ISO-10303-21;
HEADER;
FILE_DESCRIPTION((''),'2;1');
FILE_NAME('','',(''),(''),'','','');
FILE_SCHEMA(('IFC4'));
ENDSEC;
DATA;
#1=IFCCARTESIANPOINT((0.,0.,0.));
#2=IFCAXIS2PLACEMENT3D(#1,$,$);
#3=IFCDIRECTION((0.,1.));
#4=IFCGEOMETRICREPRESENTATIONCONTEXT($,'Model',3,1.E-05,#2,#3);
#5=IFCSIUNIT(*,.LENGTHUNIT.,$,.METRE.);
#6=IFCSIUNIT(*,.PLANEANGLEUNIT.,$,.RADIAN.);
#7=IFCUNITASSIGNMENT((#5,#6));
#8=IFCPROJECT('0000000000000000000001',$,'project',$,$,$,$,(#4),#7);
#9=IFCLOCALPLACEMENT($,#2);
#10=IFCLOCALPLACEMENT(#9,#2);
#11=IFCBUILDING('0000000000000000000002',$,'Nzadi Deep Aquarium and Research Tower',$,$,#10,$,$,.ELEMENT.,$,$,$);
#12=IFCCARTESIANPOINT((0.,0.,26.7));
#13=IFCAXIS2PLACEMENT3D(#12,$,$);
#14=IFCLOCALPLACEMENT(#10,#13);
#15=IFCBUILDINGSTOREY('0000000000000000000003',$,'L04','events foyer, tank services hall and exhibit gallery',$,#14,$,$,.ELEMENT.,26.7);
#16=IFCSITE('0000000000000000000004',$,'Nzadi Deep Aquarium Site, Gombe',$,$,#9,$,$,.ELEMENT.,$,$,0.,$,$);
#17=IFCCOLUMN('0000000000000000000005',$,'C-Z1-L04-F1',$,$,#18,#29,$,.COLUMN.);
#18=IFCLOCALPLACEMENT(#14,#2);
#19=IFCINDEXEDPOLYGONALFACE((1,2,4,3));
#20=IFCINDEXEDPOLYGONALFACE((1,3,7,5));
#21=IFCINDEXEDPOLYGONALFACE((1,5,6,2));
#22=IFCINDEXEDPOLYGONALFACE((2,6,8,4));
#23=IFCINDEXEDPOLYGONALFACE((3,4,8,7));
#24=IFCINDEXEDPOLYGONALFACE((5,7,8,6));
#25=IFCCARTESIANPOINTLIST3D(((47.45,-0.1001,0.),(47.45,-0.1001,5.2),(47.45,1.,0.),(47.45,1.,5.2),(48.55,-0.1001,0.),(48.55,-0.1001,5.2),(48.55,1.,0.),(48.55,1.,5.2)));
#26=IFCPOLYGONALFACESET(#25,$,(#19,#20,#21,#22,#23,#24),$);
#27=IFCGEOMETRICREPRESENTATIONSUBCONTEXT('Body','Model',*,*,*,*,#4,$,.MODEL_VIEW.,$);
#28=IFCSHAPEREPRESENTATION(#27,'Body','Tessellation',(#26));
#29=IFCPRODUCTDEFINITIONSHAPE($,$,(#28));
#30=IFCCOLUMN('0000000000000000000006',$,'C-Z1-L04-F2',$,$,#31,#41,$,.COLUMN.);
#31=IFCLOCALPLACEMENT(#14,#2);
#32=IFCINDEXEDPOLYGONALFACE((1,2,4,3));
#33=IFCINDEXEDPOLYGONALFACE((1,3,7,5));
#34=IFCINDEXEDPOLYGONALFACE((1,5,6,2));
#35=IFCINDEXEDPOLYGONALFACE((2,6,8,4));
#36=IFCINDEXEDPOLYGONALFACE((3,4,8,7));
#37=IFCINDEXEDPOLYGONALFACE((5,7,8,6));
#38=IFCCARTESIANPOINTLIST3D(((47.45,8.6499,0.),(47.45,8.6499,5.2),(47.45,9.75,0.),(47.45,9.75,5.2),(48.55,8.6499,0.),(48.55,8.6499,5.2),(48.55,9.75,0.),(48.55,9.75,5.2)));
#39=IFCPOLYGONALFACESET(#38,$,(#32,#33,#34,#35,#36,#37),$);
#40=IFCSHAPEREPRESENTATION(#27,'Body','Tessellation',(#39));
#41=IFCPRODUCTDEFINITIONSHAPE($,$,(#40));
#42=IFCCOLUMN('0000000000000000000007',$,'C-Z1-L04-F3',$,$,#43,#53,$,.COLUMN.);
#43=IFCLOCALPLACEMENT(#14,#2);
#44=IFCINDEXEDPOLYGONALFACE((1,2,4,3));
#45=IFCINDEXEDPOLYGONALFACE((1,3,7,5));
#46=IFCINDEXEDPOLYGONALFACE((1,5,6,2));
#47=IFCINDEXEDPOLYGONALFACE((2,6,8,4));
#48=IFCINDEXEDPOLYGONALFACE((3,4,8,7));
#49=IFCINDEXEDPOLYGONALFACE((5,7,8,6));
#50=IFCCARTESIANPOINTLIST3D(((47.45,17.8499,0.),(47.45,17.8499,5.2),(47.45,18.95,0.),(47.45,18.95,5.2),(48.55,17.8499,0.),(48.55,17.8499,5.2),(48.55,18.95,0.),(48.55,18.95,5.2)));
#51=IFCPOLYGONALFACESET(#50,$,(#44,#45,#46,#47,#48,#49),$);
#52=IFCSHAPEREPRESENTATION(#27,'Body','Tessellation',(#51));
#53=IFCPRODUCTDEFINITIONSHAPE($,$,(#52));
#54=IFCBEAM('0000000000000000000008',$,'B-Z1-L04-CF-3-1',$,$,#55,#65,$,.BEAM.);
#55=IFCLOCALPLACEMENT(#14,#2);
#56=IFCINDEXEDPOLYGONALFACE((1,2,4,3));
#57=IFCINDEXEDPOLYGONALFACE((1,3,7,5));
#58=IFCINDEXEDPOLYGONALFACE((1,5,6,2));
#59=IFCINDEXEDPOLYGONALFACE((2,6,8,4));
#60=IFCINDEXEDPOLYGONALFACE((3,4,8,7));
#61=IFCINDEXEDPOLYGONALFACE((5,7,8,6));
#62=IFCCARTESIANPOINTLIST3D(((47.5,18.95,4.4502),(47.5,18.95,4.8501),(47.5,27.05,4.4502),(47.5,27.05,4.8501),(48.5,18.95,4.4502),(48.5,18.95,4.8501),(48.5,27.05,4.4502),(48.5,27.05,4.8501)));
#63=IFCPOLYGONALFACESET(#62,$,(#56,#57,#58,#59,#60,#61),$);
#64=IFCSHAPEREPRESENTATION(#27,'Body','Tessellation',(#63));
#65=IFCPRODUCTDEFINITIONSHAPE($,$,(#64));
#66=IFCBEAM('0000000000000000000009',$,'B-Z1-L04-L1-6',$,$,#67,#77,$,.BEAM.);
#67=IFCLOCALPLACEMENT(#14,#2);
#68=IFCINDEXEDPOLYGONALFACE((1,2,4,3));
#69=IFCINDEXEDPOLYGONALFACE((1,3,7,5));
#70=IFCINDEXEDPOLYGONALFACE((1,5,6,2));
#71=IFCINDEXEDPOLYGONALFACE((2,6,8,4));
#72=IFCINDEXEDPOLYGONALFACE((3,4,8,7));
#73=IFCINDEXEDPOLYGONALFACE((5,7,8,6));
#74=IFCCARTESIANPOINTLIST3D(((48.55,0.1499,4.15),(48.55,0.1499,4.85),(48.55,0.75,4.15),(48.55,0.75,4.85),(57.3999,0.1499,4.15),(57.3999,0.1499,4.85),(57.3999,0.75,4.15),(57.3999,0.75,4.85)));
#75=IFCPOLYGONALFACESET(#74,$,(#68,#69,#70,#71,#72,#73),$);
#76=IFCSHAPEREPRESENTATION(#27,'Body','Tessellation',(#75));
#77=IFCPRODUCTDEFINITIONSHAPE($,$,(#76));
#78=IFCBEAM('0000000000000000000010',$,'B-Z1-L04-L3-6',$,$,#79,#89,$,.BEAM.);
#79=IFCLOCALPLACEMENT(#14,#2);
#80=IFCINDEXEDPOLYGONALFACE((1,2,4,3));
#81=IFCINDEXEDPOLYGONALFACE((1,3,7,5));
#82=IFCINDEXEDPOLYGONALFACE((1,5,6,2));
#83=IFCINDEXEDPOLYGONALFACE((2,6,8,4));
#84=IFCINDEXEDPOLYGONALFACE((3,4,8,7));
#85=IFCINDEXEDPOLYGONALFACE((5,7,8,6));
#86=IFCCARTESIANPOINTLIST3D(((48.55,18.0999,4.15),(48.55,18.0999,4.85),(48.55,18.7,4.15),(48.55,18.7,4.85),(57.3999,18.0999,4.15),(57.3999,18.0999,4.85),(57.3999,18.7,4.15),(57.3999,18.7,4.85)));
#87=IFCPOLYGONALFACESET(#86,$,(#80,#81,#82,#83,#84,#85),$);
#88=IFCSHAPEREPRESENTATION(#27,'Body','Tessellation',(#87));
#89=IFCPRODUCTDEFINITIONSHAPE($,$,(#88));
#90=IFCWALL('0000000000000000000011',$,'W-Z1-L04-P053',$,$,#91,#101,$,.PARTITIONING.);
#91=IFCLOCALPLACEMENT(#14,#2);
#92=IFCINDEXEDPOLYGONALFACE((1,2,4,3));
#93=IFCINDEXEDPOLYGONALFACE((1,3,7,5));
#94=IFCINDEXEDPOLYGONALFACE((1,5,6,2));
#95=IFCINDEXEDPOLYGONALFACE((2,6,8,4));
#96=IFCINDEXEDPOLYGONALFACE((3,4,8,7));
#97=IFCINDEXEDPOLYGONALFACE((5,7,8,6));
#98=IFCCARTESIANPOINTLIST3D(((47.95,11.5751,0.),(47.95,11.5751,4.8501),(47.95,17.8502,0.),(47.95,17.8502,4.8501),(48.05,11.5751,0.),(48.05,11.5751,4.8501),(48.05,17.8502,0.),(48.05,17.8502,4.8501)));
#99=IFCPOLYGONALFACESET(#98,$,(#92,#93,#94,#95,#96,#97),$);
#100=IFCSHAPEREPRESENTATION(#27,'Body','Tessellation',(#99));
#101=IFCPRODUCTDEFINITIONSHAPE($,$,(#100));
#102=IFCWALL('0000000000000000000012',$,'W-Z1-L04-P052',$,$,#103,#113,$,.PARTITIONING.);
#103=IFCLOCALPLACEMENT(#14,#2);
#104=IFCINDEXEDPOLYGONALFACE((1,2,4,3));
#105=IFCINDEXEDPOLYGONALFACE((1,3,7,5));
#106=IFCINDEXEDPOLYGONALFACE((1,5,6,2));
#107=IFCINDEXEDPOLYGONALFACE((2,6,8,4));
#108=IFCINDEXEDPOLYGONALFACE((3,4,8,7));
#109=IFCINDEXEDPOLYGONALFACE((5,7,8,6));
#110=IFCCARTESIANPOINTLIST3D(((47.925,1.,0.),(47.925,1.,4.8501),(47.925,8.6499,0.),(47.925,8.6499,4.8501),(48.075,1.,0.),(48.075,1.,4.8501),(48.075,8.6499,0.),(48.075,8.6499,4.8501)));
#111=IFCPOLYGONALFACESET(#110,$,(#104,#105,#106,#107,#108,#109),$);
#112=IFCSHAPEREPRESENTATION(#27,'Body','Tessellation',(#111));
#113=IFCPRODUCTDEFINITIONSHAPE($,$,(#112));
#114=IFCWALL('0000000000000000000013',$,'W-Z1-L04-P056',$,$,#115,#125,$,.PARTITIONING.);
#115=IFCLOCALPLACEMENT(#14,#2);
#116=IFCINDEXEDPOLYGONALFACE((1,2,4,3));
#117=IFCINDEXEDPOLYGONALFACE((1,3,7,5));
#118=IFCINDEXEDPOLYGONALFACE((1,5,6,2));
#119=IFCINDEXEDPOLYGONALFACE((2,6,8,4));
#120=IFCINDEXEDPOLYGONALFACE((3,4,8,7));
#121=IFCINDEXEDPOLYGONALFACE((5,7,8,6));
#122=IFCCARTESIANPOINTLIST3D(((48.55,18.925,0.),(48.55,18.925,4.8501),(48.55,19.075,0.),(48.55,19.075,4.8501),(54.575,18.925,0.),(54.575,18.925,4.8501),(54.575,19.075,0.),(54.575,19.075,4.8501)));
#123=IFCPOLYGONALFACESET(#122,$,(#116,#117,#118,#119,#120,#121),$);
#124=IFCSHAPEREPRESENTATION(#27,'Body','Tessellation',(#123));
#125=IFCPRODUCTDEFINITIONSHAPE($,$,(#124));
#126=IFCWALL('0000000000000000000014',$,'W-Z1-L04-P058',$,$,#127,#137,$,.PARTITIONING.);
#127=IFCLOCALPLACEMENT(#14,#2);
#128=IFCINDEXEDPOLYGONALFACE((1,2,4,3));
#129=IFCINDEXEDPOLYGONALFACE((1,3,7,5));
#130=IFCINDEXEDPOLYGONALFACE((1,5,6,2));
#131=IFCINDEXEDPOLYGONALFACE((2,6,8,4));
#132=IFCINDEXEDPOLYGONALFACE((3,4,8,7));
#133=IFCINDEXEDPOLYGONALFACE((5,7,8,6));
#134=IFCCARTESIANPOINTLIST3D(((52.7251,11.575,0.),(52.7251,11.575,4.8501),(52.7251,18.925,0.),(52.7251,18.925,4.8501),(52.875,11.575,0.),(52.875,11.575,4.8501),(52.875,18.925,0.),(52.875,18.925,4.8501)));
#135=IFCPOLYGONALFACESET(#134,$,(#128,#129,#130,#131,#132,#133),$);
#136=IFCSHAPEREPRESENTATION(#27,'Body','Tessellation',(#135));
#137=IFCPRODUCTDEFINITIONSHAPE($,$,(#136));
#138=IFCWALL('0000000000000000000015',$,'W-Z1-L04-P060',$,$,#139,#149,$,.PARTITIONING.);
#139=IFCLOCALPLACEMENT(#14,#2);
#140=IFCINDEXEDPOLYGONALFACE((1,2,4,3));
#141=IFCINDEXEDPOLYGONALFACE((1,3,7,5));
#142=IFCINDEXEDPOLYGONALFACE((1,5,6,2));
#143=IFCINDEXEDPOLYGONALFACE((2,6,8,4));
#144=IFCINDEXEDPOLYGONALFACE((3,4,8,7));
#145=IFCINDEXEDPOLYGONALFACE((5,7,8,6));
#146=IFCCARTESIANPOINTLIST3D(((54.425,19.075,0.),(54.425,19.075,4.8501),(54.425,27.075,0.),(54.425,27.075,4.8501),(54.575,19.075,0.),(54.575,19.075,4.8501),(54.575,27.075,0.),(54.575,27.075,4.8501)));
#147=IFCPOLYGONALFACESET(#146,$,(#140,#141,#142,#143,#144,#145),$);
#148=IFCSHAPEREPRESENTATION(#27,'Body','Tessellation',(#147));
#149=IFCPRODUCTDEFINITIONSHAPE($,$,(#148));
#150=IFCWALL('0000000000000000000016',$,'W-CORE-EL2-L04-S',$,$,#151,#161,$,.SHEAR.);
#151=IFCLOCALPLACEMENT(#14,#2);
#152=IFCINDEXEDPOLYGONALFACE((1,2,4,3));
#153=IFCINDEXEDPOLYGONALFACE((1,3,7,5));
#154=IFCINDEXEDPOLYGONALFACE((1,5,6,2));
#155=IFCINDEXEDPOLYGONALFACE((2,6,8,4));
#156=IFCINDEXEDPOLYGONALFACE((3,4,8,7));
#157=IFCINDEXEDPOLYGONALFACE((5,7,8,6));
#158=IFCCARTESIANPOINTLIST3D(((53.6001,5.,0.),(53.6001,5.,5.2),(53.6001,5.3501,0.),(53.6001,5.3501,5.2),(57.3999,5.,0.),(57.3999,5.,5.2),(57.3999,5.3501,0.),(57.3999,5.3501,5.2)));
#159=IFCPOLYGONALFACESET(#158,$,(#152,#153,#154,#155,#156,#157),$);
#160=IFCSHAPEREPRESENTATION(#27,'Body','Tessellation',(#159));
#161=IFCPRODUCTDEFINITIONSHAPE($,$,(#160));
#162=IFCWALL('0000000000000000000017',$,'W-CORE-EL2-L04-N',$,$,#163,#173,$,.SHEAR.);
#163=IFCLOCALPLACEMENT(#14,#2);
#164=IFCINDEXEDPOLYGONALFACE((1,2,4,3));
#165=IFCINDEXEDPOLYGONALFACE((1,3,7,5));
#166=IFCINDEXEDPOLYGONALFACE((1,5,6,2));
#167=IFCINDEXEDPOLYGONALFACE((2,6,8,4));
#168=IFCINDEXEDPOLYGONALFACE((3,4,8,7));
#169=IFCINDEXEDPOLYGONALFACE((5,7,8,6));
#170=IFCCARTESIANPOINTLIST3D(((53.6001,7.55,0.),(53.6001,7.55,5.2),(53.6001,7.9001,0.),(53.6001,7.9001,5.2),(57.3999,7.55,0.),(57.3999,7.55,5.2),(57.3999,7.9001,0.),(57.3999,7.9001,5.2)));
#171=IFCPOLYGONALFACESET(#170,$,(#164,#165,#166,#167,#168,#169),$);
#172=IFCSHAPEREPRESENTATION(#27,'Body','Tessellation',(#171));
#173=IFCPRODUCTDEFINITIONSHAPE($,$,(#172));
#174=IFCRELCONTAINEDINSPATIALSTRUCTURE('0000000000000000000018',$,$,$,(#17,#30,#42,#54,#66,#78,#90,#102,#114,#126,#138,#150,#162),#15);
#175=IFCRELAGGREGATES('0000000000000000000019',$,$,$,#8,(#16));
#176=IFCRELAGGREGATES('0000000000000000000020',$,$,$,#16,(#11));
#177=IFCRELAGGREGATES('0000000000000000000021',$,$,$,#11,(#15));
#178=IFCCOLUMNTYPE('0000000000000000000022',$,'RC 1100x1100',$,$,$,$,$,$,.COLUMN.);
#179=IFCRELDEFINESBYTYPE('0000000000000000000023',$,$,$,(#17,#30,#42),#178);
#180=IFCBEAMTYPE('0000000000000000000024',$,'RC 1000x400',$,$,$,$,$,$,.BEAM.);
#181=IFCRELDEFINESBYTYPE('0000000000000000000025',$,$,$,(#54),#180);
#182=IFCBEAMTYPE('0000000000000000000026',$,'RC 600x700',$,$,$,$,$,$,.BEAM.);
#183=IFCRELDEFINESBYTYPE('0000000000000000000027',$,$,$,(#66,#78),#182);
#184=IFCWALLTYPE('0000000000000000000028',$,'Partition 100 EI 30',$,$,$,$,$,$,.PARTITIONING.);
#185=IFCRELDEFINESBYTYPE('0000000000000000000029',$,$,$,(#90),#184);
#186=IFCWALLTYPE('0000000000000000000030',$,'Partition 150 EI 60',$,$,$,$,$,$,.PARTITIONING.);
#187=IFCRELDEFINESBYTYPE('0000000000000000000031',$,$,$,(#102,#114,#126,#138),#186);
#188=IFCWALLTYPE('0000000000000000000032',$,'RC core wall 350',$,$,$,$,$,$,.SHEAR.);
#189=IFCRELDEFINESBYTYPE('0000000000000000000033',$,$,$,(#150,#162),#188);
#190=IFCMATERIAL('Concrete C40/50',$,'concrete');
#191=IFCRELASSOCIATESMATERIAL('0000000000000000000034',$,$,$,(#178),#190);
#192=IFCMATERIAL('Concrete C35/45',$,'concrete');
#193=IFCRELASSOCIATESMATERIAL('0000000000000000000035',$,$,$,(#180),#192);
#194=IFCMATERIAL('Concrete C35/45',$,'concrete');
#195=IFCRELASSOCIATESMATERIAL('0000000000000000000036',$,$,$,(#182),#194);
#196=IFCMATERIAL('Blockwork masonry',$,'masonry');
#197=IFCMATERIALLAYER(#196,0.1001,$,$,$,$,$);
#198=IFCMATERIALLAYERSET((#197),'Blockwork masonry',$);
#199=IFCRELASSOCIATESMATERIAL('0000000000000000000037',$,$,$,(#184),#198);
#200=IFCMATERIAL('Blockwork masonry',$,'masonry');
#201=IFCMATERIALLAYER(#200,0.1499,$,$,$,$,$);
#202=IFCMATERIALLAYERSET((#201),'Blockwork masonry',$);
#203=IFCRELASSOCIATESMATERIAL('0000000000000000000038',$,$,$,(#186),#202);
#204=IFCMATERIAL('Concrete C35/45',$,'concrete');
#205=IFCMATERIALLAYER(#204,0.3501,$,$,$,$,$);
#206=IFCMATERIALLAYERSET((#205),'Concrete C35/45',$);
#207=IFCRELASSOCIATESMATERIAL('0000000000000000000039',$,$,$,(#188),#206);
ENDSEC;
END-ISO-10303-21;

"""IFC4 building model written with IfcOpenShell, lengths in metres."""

from ifc_helpers import new_model, si_unit, direction, frame, frame_2d, origin, origin_2d, place, context, subcontext, project, spatial, rectangle, extrude, material, layer, layer_set, material_profile, profile_set, type_object, element, save


model = new_model("IFC4")

# Units and contexts
model_context = context("Model", 3, precision=1e-05, world=origin(), true_north=direction((0.0, 1.0)))
body_context = subcontext(model_context, "Body", "Model", "MODEL_VIEW")
ifc_project = project(units=[si_unit("LENGTHUNIT", "METRE"), si_unit("PLANEANGLEUNIT", "RADIAN")], contexts=[model_context])

# Site, building, storey
site_placement = place(None, origin())
site = spatial("IfcSite", under=ifc_project, at=site_placement, Name="Nzadi Deep Aquarium Site, Gombe", CompositionType="ELEMENT", RefElevation=0.0)
building_placement = place(site_placement, origin())
building = spatial("IfcBuilding", under=site, at=building_placement, Name="Nzadi Deep Aquarium and Research Tower", CompositionType="ELEMENT")
storey_placement = place(building_placement, frame((0.0, 0.0, 26.7)))
storey = spatial("IfcBuildingStorey", under=building, at=storey_placement, Name="L04", Description="events foyer, tank services hall and exhibit gallery", CompositionType="ELEMENT", Elevation=26.7)

# Columns
ifc_material_1 = material(Name="Concrete C40/50", Category="concrete")
ifc_material_profile_1 = material_profile(ifc_material_1, rectangle(XDim=1.1001, YDim=1.1001, at=origin_2d()))
ifc_profile_set_1 = profile_set([ifc_material_profile_1], Name="Concrete C40/50")
column_type = type_object("IfcColumnType", Name="RC 1100x1100", PredefinedType="COLUMN", material=ifc_profile_set_1)
for number, where, z_axis, x_axis, name in (
    (1, (48.0, 0.45, 0.0), (0.0, 0.0, 1.0), (1.0, 0.0, 0.0), "C-Z1-L04-F1"),
    (2, (48.0, 9.2, 0.0), (0.0, 0.0, 1.0), (1.0, 0.0, 0.0), "C-Z1-L04-F2"),
    (3, (48.0, 18.3999, 0.0), (0.0, 0.0, 1.0), (1.0, 0.0, 0.0), "C-Z1-L04-F3"),
):
    element("IfcColumn", number, at=place(storey_placement, frame(where, z_axis=z_axis, x_axis=x_axis)), inside=storey, type_object=column_type, Name=name, PredefinedType="COLUMN", context=body_context, shape_type="SweptSolid", body=[
        extrude(rectangle(XDim=1.1001, YDim=1.1001, at=origin_2d()), origin(), (0.0, 0.0, 1.0), 5.2),
    ])

# Beams
ifc_material_2 = material(Name="Concrete C35/45", Category="concrete")
ifc_material_profile_2 = material_profile(ifc_material_2, rectangle(XDim=1.0, YDim=0.3999, at=origin_2d()))
ifc_profile_set_2 = profile_set([ifc_material_profile_2], Name="Concrete C35/45")
beam_type_1 = type_object("IfcBeamType", Name="RC 1000x400", PredefinedType="BEAM", material=ifc_profile_set_2)
beam_placement = place(storey_placement, frame((48.0, 18.95, 4.6501), z_axis=(0.0, 1.0, 0.0), x_axis=(-1.0, 0.0, 0.0)))
element("IfcBeam", 4, at=beam_placement, inside=storey, type_object=beam_type_1, Name="B-Z1-L04-CF-3-1", PredefinedType="BEAM", context=body_context, shape_type="SweptSolid", body=[
    extrude(rectangle(XDim=1.0, YDim=0.3999, at=origin_2d()), origin(), (0.0, 0.0, 1.0), 8.1001),
])
ifc_material_3 = material(Name="Concrete C35/45", Category="concrete")
ifc_material_profile_3 = material_profile(ifc_material_3, rectangle(XDim=0.6001, YDim=0.7, at=origin_2d()))
ifc_profile_set_3 = profile_set([ifc_material_profile_3], Name="Concrete C35/45")
beam_type_2 = type_object("IfcBeamType", Name="RC 600x700", PredefinedType="BEAM", material=ifc_profile_set_3)
for number, where, z_axis, x_axis, name in (
    (5, (48.55, 0.45, 4.5), (1.0, 0.0, 0.0), (0.0, 1.0, 0.0), "B-Z1-L04-L1-6"),
    (6, (48.55, 18.3999, 4.5), (1.0, 0.0, 0.0), (0.0, 1.0, 0.0), "B-Z1-L04-L3-6"),
):
    element("IfcBeam", number, at=place(storey_placement, frame(where, z_axis=z_axis, x_axis=x_axis)), inside=storey, type_object=beam_type_2, Name=name, PredefinedType="BEAM", context=body_context, shape_type="SweptSolid", body=[
        extrude(rectangle(XDim=0.6001, YDim=0.7, at=origin_2d()), origin(), (0.0, 0.0, 1.0), 8.8499),
    ])

# Walls
ifc_material_4 = material(Name="Blockwork masonry", Category="masonry")
ifc_layer_1 = layer(ifc_material_4, 0.1001)
ifc_layer_set_1 = layer_set([ifc_layer_1], Name="Blockwork masonry")
wall_type_1 = type_object("IfcWallType", Name="Partition 100 EI 30", PredefinedType="PARTITIONING", material=ifc_layer_set_1)
wall_1_placement = place(storey_placement, frame((48.0, 11.575, 0.0), z_axis=(0.0, 0.0, 1.0), x_axis=(0.0, 1.0, 0.0)))
element("IfcWall", 7, at=wall_1_placement, inside=storey, type_object=wall_type_1, Name="W-Z1-L04-P053", PredefinedType="PARTITIONING", context=body_context, shape_type="SweptSolid", body=[
    extrude(rectangle(XDim=6.2751, YDim=0.1001, at=frame_2d((3.1377, 0.0))), origin(), (0.0, 0.0, 1.0), 4.8501),
])
ifc_material_5 = material(Name="Blockwork masonry", Category="masonry")
ifc_layer_2 = layer(ifc_material_5, 0.1499)
ifc_layer_set_2 = layer_set([ifc_layer_2], Name="Blockwork masonry")
wall_type_2 = type_object("IfcWallType", Name="Partition 150 EI 60", PredefinedType="PARTITIONING", material=ifc_layer_set_2)
wall_2_placement = place(storey_placement, frame((48.0, 1.0, 0.0), z_axis=(0.0, 0.0, 1.0), x_axis=(0.0, 1.0, 0.0)))
element("IfcWall", 8, at=wall_2_placement, inside=storey, type_object=wall_type_2, Name="W-Z1-L04-P052", PredefinedType="PARTITIONING", context=body_context, shape_type="SweptSolid", body=[
    extrude(rectangle(XDim=7.6499, YDim=0.1499, at=frame_2d((3.825, 0.0))), origin(), (0.0, 0.0, 1.0), 4.8501),
])
wall_3_placement = place(storey_placement, frame((48.55, 19.0, 0.0), z_axis=(0.0, 0.0, 1.0), x_axis=(1.0, 0.0, 0.0)))
element("IfcWall", 9, at=wall_3_placement, inside=storey, type_object=wall_type_2, Name="W-Z1-L04-P056", PredefinedType="PARTITIONING", context=body_context, shape_type="SweptSolid", body=[
    extrude(rectangle(XDim=6.0249, YDim=0.1499, at=frame_2d((3.0125, 0.0))), origin(), (0.0, 0.0, 1.0), 4.8501),
])
wall_4_placement = place(storey_placement, frame((52.8, 11.575, 0.0), z_axis=(0.0, 0.0, 1.0), x_axis=(0.0, 1.0, 0.0)))
element("IfcWall", 10, at=wall_4_placement, inside=storey, type_object=wall_type_2, Name="W-Z1-L04-P058", PredefinedType="PARTITIONING", context=body_context, shape_type="SweptSolid", body=[
    extrude(rectangle(XDim=7.3501, YDim=0.1499, at=frame_2d((3.675, 0.0))), origin(), (0.0, 0.0, 1.0), 4.8501),
])
wall_5_placement = place(storey_placement, frame((54.5, 19.075, 0.0), z_axis=(0.0, 0.0, 1.0), x_axis=(0.0, 1.0, 0.0)))
element("IfcWall", 11, at=wall_5_placement, inside=storey, type_object=wall_type_2, Name="W-Z1-L04-P060", PredefinedType="PARTITIONING", context=body_context, shape_type="SweptSolid", body=[
    extrude(rectangle(XDim=8.0, YDim=0.1499, at=frame_2d((4.0, 0.0))), origin(), (0.0, 0.0, 1.0), 4.8501),
])
ifc_material_6 = material(Name="Concrete C35/45", Category="concrete")
ifc_layer_3 = layer(ifc_material_6, 0.3501)
ifc_layer_set_3 = layer_set([ifc_layer_3], Name="Concrete C35/45")
wall_type_3 = type_object("IfcWallType", Name="RC core wall 350", PredefinedType="SHEAR", material=ifc_layer_set_3)
for number, where, z_axis, x_axis, name in (
    (12, (53.6001, 5.175, 0.0), (0.0, 0.0, 1.0), (1.0, 0.0, 0.0), "W-CORE-EL2-L04-S"),
    (13, (53.6001, 7.7251, 0.0), (0.0, 0.0, 1.0), (1.0, 0.0, 0.0), "W-CORE-EL2-L04-N"),
):
    element("IfcWall", number, at=place(storey_placement, frame(where, z_axis=z_axis, x_axis=x_axis)), inside=storey, type_object=wall_type_3, Name=name, PredefinedType="SHEAR", context=body_context, shape_type="SweptSolid", body=[
        extrude(rectangle(XDim=3.7998, YDim=0.3501, at=frame_2d((1.8999, 0.0))), origin(), (0.0, 0.0, 1.0), 5.2),
    ])

save(model, "model.ifc")
